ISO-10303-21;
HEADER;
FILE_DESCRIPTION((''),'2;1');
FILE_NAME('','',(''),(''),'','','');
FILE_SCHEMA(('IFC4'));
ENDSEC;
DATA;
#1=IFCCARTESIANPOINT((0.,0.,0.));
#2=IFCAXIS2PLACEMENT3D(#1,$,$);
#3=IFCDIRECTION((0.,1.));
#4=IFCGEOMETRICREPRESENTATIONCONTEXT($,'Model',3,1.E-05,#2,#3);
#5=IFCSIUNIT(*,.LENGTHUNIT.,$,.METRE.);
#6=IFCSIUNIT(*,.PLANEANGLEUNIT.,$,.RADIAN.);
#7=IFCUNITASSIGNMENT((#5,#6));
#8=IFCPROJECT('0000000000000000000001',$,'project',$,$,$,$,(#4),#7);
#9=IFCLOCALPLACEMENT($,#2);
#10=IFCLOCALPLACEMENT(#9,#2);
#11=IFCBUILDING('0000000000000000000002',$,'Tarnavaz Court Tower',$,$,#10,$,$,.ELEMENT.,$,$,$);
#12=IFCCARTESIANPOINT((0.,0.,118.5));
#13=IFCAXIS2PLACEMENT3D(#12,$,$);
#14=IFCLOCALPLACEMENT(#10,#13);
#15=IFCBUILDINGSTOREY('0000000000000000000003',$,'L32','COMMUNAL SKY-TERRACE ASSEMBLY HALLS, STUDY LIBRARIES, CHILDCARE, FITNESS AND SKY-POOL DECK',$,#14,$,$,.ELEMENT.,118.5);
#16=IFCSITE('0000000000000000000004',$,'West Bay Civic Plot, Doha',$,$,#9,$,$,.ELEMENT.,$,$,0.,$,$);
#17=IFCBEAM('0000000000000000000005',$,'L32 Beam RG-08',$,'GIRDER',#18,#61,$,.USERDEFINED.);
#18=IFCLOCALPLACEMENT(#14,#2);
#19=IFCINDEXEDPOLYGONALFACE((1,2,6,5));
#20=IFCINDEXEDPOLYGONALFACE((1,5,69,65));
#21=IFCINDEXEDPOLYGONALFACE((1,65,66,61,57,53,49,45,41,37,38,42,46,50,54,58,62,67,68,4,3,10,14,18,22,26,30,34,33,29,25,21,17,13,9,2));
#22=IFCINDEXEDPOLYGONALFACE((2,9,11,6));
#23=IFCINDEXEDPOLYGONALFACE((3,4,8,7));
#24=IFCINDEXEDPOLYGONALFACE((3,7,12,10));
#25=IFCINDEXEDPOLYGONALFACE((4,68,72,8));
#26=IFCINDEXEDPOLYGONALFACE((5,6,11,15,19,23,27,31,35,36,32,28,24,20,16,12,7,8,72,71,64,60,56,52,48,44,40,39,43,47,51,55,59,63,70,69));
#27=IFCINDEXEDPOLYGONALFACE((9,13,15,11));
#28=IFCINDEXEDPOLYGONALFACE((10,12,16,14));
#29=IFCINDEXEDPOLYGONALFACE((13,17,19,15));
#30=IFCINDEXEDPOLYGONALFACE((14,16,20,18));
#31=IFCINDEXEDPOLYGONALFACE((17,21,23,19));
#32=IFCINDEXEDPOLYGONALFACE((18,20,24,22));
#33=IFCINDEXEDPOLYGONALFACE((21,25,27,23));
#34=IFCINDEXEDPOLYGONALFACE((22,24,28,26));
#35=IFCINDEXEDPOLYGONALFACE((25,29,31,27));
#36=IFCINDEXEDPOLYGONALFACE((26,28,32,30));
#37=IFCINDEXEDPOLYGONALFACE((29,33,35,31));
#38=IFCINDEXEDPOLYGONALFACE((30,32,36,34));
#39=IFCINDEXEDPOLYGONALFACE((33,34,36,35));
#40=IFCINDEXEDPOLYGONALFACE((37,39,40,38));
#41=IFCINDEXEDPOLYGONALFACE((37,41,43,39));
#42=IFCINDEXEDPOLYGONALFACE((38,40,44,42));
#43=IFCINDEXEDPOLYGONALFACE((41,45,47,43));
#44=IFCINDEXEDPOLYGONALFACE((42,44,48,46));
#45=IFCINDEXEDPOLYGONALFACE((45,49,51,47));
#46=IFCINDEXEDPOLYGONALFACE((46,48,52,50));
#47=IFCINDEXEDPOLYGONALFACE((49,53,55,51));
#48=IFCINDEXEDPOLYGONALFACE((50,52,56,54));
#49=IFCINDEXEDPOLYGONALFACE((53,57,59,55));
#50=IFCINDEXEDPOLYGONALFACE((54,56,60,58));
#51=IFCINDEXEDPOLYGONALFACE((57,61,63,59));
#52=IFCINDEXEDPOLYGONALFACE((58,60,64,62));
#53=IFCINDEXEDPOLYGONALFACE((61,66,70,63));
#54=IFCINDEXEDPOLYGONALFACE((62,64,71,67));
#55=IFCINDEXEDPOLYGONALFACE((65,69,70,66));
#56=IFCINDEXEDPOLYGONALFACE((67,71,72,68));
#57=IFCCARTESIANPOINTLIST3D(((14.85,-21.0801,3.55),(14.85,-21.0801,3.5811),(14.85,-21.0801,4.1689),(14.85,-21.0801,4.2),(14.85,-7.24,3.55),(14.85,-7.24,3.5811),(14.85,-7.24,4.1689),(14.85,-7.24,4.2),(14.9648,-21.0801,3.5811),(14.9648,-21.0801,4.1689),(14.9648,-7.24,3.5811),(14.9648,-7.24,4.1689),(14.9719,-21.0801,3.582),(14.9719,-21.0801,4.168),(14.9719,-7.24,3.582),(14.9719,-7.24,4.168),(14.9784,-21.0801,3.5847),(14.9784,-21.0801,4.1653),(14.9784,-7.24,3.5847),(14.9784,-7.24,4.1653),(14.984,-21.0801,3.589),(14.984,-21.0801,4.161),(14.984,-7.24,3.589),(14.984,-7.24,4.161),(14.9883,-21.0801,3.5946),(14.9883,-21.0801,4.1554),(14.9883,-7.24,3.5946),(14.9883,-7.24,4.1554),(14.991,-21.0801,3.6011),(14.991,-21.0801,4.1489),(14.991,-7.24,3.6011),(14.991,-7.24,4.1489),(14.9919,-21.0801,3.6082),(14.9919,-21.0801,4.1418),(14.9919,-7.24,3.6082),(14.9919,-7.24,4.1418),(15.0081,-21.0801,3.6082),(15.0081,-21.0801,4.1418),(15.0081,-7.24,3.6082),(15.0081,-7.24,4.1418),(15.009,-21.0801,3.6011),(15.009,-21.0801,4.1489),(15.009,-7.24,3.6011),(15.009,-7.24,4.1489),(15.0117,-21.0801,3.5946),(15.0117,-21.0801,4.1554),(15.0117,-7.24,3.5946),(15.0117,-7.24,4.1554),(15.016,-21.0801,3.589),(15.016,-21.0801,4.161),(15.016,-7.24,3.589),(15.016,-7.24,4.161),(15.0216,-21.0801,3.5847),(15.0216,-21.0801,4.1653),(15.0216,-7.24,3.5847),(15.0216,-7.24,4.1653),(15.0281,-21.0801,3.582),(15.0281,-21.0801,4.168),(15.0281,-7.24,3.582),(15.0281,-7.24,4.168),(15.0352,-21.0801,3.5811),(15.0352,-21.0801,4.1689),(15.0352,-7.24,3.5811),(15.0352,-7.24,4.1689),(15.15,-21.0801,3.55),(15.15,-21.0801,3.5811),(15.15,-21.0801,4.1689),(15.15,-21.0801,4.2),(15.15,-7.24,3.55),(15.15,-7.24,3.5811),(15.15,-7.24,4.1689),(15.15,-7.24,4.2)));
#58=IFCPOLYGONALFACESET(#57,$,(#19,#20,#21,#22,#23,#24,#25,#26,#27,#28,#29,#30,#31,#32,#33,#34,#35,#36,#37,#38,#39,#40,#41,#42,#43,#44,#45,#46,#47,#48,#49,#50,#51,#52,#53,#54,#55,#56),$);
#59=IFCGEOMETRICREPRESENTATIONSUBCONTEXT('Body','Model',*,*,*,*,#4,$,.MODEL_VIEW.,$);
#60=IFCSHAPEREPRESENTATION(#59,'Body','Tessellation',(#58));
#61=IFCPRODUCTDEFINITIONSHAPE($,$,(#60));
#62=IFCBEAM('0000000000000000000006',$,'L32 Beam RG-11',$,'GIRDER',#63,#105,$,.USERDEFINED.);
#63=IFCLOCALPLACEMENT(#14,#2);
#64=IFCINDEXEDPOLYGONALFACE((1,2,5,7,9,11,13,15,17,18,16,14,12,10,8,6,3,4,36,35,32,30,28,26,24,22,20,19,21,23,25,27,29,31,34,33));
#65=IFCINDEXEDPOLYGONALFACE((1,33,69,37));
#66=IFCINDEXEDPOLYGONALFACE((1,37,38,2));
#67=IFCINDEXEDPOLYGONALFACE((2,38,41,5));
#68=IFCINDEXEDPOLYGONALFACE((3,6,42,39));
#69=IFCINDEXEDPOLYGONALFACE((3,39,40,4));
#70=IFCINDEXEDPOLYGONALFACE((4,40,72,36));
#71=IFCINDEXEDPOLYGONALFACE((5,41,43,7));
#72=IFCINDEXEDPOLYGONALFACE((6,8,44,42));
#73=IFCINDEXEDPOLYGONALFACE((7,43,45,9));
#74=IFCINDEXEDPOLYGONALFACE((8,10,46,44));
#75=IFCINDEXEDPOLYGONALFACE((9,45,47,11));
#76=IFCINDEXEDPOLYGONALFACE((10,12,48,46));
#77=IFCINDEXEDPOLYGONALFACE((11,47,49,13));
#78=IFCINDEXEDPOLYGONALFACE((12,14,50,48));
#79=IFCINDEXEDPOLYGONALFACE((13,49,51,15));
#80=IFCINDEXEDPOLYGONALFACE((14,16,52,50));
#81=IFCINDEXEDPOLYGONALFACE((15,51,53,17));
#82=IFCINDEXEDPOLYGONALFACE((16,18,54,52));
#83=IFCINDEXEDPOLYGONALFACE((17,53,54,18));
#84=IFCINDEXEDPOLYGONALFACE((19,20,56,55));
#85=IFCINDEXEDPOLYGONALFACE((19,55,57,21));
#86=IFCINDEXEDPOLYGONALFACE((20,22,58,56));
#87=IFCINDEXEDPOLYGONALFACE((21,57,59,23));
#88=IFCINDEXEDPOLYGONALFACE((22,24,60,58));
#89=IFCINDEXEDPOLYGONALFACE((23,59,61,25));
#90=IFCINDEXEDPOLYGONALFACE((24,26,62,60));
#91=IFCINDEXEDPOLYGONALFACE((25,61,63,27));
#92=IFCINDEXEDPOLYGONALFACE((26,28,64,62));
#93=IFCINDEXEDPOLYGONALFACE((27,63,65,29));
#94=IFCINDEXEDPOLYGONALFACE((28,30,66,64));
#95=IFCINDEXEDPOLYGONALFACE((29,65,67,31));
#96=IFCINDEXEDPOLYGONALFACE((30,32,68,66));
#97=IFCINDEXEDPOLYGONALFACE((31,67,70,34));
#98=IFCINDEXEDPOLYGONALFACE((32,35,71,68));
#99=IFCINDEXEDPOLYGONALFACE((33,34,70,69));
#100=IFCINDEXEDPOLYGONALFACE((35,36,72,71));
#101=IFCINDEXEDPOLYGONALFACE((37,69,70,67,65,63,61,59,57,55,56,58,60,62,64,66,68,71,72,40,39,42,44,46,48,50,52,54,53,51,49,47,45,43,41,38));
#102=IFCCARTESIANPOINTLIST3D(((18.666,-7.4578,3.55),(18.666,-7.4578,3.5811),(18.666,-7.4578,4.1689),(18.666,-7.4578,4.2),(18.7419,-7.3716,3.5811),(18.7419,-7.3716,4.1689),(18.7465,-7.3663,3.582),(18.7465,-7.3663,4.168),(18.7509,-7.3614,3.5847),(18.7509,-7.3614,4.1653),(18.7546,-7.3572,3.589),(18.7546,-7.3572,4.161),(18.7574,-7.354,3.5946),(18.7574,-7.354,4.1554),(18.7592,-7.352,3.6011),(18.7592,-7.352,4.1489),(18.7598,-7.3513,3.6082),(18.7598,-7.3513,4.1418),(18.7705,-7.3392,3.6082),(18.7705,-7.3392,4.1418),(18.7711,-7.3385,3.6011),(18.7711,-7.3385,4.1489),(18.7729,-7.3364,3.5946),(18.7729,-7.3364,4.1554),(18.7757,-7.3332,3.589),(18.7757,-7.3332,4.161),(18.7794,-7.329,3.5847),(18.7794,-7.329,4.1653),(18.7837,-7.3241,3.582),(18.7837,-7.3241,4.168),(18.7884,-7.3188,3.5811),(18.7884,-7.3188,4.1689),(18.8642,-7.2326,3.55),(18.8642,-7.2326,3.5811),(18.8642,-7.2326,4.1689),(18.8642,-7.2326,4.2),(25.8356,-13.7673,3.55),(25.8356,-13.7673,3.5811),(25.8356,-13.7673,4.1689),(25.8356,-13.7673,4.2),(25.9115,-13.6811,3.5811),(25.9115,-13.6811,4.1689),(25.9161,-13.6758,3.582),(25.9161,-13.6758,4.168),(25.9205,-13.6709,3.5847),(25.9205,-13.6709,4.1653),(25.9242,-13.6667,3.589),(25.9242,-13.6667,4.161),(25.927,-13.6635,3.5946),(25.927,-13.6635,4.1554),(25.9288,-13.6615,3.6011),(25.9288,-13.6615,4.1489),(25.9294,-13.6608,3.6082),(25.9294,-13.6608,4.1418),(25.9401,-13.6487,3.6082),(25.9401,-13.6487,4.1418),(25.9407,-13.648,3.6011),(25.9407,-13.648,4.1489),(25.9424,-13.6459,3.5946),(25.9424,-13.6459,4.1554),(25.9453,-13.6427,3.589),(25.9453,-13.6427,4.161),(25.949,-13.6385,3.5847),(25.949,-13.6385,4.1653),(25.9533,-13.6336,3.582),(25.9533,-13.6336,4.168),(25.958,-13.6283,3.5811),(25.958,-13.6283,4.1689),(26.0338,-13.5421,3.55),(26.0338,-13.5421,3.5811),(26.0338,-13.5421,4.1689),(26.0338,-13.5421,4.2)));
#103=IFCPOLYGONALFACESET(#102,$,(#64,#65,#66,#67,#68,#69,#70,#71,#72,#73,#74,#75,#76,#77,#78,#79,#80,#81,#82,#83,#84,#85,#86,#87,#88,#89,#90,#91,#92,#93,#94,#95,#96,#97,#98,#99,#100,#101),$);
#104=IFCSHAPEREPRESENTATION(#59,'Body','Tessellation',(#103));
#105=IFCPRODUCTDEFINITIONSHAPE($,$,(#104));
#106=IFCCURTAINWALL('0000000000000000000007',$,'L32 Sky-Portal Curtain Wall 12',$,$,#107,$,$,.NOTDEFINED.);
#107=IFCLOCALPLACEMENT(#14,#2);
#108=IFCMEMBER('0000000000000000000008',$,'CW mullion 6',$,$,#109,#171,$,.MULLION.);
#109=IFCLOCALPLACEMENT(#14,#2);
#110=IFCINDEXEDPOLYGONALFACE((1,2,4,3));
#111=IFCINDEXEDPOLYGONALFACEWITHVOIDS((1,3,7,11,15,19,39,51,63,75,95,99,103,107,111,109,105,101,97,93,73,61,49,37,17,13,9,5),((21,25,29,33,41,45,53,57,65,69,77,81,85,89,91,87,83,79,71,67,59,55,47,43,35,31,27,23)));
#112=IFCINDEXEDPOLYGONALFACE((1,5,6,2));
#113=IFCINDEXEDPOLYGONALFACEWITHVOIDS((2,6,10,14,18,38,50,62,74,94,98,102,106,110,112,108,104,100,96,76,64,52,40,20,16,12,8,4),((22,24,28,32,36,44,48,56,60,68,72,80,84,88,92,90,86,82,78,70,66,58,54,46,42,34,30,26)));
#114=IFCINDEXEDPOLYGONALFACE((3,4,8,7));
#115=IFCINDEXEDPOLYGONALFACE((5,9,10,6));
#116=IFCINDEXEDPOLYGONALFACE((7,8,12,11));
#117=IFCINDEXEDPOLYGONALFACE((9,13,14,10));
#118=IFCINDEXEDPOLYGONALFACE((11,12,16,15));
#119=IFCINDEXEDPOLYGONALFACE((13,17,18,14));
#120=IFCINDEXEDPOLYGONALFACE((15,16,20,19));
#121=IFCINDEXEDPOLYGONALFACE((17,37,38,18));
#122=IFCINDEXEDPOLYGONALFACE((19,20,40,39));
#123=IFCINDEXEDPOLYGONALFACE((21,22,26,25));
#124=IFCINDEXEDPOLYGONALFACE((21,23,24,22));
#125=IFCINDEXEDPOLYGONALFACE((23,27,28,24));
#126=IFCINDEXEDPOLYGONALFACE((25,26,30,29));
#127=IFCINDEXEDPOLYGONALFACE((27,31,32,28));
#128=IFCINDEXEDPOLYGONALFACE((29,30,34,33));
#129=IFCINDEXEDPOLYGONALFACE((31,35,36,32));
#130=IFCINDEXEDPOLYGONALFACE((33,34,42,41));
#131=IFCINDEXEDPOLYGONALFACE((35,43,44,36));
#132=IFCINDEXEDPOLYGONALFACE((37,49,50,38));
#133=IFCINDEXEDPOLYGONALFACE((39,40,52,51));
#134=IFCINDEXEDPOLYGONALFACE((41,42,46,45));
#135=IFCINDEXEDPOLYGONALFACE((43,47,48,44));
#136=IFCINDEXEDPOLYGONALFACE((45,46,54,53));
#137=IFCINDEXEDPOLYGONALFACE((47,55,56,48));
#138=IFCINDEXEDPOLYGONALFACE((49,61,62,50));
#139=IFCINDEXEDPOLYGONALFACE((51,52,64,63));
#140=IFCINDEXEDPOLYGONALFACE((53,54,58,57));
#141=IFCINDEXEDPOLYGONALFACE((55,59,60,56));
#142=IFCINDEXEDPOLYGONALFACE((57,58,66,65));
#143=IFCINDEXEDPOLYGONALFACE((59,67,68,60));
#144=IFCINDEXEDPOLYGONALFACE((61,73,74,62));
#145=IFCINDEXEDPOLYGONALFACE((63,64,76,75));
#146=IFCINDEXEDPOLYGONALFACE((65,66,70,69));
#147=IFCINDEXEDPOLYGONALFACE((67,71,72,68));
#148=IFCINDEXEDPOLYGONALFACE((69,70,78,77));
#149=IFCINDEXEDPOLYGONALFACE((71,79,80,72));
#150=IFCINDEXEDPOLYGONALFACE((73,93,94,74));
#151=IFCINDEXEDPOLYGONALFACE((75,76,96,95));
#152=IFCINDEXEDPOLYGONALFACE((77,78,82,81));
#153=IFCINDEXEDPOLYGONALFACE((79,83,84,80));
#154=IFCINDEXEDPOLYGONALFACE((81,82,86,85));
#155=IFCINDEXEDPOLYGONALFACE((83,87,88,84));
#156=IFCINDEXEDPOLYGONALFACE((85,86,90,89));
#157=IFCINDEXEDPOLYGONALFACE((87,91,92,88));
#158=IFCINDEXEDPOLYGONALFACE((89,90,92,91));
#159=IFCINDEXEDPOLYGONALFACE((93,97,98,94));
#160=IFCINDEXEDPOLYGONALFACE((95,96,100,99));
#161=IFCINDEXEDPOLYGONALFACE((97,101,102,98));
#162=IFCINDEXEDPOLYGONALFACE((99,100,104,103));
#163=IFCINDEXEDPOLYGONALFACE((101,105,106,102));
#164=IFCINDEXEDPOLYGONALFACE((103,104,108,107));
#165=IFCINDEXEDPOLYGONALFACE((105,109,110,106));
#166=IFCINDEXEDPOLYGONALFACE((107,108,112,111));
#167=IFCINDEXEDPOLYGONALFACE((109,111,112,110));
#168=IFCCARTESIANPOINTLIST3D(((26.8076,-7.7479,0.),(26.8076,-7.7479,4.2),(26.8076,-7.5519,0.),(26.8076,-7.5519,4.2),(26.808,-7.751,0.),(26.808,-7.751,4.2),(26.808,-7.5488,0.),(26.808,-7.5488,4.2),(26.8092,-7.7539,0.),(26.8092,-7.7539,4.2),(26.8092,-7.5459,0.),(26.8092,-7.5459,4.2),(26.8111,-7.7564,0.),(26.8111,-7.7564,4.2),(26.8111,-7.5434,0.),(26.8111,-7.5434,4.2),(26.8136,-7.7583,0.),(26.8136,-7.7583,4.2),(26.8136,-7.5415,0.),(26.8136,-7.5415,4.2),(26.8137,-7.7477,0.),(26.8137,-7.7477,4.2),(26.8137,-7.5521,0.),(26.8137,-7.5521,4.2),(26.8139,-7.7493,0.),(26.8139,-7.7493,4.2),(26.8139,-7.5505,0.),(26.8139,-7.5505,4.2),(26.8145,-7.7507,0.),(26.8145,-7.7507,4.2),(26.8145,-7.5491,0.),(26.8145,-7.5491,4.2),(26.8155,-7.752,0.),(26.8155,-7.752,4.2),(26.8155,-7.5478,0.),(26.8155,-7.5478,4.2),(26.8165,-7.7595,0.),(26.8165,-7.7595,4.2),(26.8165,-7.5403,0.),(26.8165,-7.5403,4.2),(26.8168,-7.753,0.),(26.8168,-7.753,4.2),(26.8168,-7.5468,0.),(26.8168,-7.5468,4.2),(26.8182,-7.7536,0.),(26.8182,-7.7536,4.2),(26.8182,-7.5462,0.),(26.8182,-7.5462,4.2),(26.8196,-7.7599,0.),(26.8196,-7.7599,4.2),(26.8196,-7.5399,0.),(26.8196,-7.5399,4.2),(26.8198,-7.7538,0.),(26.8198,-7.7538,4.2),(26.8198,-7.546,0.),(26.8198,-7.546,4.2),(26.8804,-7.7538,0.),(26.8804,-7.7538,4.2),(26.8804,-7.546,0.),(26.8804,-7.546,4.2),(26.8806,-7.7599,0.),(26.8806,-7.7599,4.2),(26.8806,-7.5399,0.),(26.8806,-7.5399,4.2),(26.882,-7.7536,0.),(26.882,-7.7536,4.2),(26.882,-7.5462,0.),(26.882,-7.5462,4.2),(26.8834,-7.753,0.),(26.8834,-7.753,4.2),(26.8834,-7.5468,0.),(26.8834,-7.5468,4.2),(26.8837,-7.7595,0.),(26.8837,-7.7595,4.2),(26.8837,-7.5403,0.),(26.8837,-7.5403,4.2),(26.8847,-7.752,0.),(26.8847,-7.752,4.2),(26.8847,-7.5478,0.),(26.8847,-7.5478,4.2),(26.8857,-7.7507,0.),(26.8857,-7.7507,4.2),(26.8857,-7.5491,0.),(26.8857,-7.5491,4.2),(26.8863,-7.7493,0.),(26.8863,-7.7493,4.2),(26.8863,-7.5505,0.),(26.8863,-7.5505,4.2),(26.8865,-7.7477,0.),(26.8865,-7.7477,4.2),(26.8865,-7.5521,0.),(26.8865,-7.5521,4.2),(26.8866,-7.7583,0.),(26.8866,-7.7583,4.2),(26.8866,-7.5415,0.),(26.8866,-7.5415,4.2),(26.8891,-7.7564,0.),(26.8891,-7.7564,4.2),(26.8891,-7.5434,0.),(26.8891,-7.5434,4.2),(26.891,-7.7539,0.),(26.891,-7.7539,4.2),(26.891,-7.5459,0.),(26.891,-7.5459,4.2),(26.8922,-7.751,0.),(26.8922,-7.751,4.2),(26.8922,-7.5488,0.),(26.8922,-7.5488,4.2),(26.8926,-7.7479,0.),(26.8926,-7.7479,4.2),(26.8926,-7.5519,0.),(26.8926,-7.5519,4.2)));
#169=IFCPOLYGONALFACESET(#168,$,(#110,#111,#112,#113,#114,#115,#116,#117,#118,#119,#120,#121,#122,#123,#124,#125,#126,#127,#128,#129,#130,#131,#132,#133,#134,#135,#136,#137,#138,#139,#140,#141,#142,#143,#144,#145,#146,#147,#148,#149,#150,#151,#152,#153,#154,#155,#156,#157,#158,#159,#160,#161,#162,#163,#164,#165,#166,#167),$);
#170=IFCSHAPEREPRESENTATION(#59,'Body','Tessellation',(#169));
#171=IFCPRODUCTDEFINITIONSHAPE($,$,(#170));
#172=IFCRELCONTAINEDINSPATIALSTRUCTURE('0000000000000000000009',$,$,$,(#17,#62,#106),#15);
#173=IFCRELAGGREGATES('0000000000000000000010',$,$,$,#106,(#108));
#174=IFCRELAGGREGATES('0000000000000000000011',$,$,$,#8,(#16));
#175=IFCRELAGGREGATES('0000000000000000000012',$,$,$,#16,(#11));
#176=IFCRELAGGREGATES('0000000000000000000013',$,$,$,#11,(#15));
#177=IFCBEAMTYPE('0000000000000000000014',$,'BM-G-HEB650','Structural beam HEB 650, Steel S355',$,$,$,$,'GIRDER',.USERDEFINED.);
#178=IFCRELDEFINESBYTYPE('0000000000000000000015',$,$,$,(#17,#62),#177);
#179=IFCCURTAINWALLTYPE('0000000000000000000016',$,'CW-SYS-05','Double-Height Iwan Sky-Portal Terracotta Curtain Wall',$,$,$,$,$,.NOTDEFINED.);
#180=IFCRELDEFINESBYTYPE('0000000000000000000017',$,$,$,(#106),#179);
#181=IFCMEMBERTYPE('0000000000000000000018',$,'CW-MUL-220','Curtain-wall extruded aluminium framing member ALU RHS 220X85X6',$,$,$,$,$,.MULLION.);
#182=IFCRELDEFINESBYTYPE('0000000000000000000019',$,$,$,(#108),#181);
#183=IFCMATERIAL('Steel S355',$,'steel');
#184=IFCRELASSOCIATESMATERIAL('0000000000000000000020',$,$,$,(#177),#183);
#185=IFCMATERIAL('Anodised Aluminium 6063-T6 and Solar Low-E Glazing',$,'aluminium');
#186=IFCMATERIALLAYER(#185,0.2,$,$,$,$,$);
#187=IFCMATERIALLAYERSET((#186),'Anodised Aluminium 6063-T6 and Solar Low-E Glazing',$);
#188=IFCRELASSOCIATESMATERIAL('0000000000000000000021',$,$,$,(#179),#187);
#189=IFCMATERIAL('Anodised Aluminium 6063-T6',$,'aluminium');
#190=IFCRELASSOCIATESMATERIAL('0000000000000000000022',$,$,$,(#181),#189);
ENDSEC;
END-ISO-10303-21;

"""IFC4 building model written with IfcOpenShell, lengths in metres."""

from ifc_helpers import new_model, si_unit, direction, frame, origin, origin_2d, place, context, subcontext, project, spatial, hollow_rectangle, i_section, extrude, material, layer, layer_set, material_profile, profile_set, type_object, element, aggregate, save


model = new_model("IFC4")

# Units and contexts
model_context = context("Model", 3, precision=1e-05, world=origin(), true_north=direction((0.0, 1.0)))
body_context = subcontext(model_context, "Body", "Model", "MODEL_VIEW")
ifc_project = project(units=[si_unit("LENGTHUNIT", "METRE"), si_unit("PLANEANGLEUNIT", "RADIAN")], contexts=[model_context])

# Site, building, storey
site_placement = place(None, origin())
site = spatial("IfcSite", under=ifc_project, at=site_placement, Name="West Bay Civic Plot, Doha", CompositionType="ELEMENT", RefElevation=0.0)
building_placement = place(site_placement, origin())
building = spatial("IfcBuilding", under=site, at=building_placement, Name="Tarnavaz Court Tower", CompositionType="ELEMENT")
storey_placement = place(building_placement, frame((0.0, 0.0, 118.5)))
storey = spatial("IfcBuildingStorey", under=building, at=storey_placement, Name="L32", Description="COMMUNAL SKY-TERRACE ASSEMBLY HALLS, STUDY LIBRARIES, CHILDCARE, FITNESS AND SKY-POOL DECK", CompositionType="ELEMENT", Elevation=118.5)

# Beams
ifc_material_1 = material(Name="Steel S355", Category="steel")
ifc_material_profile_1 = material_profile(ifc_material_1, i_section(OverallWidth=0.3, OverallDepth=0.6499, WebThickness=0.0161, FlangeThickness=0.031, FilletRadius=0.0271, at=origin_2d()), Name="HEB 650")
ifc_profile_set_1 = profile_set([ifc_material_profile_1], Name="Steel S355")
beam_type = type_object("IfcBeamType", Name="BM-G-HEB650", Description="Structural beam HEB 650, Steel S355", ElementType="GIRDER", PredefinedType="USERDEFINED", material=ifc_profile_set_1)
beam_1_placement = place(storey_placement, frame((15.0, -7.24, 3.875), z_axis=(0.0, -1.0, 0.0), x_axis=(1.0, 0.0, 0.0)))
element("IfcBeam", 1, at=beam_1_placement, inside=storey, type_object=beam_type, Name="L32 Beam RG-08", ObjectType="GIRDER", PredefinedType="USERDEFINED", context=body_context, shape_type="SweptSolid", body=[
    extrude(i_section(OverallWidth=0.3, OverallDepth=0.6499, WebThickness=0.0161, FlangeThickness=0.031, FilletRadius=0.0271, at=origin_2d()), origin(), (0.0, 0.0, 1.0), 13.8401),
])
beam_2_placement = place(storey_placement, frame((18.7651, -7.3452, 3.875), z_axis=(0.7507, -0.660643, 0.0), x_axis=(0.660643, 0.7507, 0.0)))
element("IfcBeam", 2, at=beam_2_placement, inside=storey, type_object=beam_type, Name="L32 Beam RG-11", ObjectType="GIRDER", PredefinedType="USERDEFINED", context=body_context, shape_type="SweptSolid", body=[
    extrude(i_section(OverallWidth=0.3, OverallDepth=0.6499, WebThickness=0.0161, FlangeThickness=0.031, FilletRadius=0.0271, at=origin_2d()), origin(), (0.0, 0.0, 1.0), 9.5505),
])

# Curtain wall, member
ifc_material_2 = material(Name="Anodised Aluminium 6063-T6 and Solar Low-E Glazing", Category="aluminium")
ifc_layer_1 = layer(ifc_material_2, 0.2)
ifc_layer_set_1 = layer_set([ifc_layer_1], Name="Anodised Aluminium 6063-T6 and Solar Low-E Glazing")
curtain_wall_type = type_object("IfcCurtainWallType", Name="CW-SYS-05", Description="Double-Height Iwan Sky-Portal Terracotta Curtain Wall", PredefinedType="NOTDEFINED", material=ifc_layer_set_1)
curtain_wall_placement = place(storey_placement, origin())
curtain_wall = element("IfcCurtainWall", 3, at=curtain_wall_placement, inside=storey, type_object=curtain_wall_type, Name="L32 Sky-Portal Curtain Wall 12", PredefinedType="NOTDEFINED")
ifc_material_3 = material(Name="Anodised Aluminium 6063-T6", Category="aluminium")
ifc_material_profile_2 = material_profile(ifc_material_3, hollow_rectangle(XDim=0.085, YDim=0.22, WallThickness=0.0061, InnerFilletRadius=0.0061, OuterFilletRadius=0.012, at=origin_2d()), Name="ALU RHS 220X85X6")
ifc_profile_set_2 = profile_set([ifc_material_profile_2], Name="Anodised Aluminium 6063-T6")
member_type_1 = type_object("IfcMemberType", Name="CW-MUL-220", Description="Curtain-wall extruded aluminium framing member ALU RHS 220X85X6", PredefinedType="MULLION", material=ifc_profile_set_2)
member_1_placement = place(storey_placement, frame((26.8501, -7.6499, 0.0), z_axis=(0.0, 0.0, 1.0), x_axis=(1.0, 0.0, 0.0)))
member_1 = element("IfcMember", 4, at=member_1_placement, type_object=member_type_1, Name="CW mullion 6", PredefinedType="MULLION", context=body_context, shape_type="SweptSolid", body=[
    extrude(hollow_rectangle(XDim=0.085, YDim=0.22, WallThickness=0.0061, InnerFilletRadius=0.0061, OuterFilletRadius=0.012, at=origin_2d()), origin(), (0.0, 0.0, 1.0), 4.2),
])
aggregate(curtain_wall, [member_1])

save(model, "model.ifc")
